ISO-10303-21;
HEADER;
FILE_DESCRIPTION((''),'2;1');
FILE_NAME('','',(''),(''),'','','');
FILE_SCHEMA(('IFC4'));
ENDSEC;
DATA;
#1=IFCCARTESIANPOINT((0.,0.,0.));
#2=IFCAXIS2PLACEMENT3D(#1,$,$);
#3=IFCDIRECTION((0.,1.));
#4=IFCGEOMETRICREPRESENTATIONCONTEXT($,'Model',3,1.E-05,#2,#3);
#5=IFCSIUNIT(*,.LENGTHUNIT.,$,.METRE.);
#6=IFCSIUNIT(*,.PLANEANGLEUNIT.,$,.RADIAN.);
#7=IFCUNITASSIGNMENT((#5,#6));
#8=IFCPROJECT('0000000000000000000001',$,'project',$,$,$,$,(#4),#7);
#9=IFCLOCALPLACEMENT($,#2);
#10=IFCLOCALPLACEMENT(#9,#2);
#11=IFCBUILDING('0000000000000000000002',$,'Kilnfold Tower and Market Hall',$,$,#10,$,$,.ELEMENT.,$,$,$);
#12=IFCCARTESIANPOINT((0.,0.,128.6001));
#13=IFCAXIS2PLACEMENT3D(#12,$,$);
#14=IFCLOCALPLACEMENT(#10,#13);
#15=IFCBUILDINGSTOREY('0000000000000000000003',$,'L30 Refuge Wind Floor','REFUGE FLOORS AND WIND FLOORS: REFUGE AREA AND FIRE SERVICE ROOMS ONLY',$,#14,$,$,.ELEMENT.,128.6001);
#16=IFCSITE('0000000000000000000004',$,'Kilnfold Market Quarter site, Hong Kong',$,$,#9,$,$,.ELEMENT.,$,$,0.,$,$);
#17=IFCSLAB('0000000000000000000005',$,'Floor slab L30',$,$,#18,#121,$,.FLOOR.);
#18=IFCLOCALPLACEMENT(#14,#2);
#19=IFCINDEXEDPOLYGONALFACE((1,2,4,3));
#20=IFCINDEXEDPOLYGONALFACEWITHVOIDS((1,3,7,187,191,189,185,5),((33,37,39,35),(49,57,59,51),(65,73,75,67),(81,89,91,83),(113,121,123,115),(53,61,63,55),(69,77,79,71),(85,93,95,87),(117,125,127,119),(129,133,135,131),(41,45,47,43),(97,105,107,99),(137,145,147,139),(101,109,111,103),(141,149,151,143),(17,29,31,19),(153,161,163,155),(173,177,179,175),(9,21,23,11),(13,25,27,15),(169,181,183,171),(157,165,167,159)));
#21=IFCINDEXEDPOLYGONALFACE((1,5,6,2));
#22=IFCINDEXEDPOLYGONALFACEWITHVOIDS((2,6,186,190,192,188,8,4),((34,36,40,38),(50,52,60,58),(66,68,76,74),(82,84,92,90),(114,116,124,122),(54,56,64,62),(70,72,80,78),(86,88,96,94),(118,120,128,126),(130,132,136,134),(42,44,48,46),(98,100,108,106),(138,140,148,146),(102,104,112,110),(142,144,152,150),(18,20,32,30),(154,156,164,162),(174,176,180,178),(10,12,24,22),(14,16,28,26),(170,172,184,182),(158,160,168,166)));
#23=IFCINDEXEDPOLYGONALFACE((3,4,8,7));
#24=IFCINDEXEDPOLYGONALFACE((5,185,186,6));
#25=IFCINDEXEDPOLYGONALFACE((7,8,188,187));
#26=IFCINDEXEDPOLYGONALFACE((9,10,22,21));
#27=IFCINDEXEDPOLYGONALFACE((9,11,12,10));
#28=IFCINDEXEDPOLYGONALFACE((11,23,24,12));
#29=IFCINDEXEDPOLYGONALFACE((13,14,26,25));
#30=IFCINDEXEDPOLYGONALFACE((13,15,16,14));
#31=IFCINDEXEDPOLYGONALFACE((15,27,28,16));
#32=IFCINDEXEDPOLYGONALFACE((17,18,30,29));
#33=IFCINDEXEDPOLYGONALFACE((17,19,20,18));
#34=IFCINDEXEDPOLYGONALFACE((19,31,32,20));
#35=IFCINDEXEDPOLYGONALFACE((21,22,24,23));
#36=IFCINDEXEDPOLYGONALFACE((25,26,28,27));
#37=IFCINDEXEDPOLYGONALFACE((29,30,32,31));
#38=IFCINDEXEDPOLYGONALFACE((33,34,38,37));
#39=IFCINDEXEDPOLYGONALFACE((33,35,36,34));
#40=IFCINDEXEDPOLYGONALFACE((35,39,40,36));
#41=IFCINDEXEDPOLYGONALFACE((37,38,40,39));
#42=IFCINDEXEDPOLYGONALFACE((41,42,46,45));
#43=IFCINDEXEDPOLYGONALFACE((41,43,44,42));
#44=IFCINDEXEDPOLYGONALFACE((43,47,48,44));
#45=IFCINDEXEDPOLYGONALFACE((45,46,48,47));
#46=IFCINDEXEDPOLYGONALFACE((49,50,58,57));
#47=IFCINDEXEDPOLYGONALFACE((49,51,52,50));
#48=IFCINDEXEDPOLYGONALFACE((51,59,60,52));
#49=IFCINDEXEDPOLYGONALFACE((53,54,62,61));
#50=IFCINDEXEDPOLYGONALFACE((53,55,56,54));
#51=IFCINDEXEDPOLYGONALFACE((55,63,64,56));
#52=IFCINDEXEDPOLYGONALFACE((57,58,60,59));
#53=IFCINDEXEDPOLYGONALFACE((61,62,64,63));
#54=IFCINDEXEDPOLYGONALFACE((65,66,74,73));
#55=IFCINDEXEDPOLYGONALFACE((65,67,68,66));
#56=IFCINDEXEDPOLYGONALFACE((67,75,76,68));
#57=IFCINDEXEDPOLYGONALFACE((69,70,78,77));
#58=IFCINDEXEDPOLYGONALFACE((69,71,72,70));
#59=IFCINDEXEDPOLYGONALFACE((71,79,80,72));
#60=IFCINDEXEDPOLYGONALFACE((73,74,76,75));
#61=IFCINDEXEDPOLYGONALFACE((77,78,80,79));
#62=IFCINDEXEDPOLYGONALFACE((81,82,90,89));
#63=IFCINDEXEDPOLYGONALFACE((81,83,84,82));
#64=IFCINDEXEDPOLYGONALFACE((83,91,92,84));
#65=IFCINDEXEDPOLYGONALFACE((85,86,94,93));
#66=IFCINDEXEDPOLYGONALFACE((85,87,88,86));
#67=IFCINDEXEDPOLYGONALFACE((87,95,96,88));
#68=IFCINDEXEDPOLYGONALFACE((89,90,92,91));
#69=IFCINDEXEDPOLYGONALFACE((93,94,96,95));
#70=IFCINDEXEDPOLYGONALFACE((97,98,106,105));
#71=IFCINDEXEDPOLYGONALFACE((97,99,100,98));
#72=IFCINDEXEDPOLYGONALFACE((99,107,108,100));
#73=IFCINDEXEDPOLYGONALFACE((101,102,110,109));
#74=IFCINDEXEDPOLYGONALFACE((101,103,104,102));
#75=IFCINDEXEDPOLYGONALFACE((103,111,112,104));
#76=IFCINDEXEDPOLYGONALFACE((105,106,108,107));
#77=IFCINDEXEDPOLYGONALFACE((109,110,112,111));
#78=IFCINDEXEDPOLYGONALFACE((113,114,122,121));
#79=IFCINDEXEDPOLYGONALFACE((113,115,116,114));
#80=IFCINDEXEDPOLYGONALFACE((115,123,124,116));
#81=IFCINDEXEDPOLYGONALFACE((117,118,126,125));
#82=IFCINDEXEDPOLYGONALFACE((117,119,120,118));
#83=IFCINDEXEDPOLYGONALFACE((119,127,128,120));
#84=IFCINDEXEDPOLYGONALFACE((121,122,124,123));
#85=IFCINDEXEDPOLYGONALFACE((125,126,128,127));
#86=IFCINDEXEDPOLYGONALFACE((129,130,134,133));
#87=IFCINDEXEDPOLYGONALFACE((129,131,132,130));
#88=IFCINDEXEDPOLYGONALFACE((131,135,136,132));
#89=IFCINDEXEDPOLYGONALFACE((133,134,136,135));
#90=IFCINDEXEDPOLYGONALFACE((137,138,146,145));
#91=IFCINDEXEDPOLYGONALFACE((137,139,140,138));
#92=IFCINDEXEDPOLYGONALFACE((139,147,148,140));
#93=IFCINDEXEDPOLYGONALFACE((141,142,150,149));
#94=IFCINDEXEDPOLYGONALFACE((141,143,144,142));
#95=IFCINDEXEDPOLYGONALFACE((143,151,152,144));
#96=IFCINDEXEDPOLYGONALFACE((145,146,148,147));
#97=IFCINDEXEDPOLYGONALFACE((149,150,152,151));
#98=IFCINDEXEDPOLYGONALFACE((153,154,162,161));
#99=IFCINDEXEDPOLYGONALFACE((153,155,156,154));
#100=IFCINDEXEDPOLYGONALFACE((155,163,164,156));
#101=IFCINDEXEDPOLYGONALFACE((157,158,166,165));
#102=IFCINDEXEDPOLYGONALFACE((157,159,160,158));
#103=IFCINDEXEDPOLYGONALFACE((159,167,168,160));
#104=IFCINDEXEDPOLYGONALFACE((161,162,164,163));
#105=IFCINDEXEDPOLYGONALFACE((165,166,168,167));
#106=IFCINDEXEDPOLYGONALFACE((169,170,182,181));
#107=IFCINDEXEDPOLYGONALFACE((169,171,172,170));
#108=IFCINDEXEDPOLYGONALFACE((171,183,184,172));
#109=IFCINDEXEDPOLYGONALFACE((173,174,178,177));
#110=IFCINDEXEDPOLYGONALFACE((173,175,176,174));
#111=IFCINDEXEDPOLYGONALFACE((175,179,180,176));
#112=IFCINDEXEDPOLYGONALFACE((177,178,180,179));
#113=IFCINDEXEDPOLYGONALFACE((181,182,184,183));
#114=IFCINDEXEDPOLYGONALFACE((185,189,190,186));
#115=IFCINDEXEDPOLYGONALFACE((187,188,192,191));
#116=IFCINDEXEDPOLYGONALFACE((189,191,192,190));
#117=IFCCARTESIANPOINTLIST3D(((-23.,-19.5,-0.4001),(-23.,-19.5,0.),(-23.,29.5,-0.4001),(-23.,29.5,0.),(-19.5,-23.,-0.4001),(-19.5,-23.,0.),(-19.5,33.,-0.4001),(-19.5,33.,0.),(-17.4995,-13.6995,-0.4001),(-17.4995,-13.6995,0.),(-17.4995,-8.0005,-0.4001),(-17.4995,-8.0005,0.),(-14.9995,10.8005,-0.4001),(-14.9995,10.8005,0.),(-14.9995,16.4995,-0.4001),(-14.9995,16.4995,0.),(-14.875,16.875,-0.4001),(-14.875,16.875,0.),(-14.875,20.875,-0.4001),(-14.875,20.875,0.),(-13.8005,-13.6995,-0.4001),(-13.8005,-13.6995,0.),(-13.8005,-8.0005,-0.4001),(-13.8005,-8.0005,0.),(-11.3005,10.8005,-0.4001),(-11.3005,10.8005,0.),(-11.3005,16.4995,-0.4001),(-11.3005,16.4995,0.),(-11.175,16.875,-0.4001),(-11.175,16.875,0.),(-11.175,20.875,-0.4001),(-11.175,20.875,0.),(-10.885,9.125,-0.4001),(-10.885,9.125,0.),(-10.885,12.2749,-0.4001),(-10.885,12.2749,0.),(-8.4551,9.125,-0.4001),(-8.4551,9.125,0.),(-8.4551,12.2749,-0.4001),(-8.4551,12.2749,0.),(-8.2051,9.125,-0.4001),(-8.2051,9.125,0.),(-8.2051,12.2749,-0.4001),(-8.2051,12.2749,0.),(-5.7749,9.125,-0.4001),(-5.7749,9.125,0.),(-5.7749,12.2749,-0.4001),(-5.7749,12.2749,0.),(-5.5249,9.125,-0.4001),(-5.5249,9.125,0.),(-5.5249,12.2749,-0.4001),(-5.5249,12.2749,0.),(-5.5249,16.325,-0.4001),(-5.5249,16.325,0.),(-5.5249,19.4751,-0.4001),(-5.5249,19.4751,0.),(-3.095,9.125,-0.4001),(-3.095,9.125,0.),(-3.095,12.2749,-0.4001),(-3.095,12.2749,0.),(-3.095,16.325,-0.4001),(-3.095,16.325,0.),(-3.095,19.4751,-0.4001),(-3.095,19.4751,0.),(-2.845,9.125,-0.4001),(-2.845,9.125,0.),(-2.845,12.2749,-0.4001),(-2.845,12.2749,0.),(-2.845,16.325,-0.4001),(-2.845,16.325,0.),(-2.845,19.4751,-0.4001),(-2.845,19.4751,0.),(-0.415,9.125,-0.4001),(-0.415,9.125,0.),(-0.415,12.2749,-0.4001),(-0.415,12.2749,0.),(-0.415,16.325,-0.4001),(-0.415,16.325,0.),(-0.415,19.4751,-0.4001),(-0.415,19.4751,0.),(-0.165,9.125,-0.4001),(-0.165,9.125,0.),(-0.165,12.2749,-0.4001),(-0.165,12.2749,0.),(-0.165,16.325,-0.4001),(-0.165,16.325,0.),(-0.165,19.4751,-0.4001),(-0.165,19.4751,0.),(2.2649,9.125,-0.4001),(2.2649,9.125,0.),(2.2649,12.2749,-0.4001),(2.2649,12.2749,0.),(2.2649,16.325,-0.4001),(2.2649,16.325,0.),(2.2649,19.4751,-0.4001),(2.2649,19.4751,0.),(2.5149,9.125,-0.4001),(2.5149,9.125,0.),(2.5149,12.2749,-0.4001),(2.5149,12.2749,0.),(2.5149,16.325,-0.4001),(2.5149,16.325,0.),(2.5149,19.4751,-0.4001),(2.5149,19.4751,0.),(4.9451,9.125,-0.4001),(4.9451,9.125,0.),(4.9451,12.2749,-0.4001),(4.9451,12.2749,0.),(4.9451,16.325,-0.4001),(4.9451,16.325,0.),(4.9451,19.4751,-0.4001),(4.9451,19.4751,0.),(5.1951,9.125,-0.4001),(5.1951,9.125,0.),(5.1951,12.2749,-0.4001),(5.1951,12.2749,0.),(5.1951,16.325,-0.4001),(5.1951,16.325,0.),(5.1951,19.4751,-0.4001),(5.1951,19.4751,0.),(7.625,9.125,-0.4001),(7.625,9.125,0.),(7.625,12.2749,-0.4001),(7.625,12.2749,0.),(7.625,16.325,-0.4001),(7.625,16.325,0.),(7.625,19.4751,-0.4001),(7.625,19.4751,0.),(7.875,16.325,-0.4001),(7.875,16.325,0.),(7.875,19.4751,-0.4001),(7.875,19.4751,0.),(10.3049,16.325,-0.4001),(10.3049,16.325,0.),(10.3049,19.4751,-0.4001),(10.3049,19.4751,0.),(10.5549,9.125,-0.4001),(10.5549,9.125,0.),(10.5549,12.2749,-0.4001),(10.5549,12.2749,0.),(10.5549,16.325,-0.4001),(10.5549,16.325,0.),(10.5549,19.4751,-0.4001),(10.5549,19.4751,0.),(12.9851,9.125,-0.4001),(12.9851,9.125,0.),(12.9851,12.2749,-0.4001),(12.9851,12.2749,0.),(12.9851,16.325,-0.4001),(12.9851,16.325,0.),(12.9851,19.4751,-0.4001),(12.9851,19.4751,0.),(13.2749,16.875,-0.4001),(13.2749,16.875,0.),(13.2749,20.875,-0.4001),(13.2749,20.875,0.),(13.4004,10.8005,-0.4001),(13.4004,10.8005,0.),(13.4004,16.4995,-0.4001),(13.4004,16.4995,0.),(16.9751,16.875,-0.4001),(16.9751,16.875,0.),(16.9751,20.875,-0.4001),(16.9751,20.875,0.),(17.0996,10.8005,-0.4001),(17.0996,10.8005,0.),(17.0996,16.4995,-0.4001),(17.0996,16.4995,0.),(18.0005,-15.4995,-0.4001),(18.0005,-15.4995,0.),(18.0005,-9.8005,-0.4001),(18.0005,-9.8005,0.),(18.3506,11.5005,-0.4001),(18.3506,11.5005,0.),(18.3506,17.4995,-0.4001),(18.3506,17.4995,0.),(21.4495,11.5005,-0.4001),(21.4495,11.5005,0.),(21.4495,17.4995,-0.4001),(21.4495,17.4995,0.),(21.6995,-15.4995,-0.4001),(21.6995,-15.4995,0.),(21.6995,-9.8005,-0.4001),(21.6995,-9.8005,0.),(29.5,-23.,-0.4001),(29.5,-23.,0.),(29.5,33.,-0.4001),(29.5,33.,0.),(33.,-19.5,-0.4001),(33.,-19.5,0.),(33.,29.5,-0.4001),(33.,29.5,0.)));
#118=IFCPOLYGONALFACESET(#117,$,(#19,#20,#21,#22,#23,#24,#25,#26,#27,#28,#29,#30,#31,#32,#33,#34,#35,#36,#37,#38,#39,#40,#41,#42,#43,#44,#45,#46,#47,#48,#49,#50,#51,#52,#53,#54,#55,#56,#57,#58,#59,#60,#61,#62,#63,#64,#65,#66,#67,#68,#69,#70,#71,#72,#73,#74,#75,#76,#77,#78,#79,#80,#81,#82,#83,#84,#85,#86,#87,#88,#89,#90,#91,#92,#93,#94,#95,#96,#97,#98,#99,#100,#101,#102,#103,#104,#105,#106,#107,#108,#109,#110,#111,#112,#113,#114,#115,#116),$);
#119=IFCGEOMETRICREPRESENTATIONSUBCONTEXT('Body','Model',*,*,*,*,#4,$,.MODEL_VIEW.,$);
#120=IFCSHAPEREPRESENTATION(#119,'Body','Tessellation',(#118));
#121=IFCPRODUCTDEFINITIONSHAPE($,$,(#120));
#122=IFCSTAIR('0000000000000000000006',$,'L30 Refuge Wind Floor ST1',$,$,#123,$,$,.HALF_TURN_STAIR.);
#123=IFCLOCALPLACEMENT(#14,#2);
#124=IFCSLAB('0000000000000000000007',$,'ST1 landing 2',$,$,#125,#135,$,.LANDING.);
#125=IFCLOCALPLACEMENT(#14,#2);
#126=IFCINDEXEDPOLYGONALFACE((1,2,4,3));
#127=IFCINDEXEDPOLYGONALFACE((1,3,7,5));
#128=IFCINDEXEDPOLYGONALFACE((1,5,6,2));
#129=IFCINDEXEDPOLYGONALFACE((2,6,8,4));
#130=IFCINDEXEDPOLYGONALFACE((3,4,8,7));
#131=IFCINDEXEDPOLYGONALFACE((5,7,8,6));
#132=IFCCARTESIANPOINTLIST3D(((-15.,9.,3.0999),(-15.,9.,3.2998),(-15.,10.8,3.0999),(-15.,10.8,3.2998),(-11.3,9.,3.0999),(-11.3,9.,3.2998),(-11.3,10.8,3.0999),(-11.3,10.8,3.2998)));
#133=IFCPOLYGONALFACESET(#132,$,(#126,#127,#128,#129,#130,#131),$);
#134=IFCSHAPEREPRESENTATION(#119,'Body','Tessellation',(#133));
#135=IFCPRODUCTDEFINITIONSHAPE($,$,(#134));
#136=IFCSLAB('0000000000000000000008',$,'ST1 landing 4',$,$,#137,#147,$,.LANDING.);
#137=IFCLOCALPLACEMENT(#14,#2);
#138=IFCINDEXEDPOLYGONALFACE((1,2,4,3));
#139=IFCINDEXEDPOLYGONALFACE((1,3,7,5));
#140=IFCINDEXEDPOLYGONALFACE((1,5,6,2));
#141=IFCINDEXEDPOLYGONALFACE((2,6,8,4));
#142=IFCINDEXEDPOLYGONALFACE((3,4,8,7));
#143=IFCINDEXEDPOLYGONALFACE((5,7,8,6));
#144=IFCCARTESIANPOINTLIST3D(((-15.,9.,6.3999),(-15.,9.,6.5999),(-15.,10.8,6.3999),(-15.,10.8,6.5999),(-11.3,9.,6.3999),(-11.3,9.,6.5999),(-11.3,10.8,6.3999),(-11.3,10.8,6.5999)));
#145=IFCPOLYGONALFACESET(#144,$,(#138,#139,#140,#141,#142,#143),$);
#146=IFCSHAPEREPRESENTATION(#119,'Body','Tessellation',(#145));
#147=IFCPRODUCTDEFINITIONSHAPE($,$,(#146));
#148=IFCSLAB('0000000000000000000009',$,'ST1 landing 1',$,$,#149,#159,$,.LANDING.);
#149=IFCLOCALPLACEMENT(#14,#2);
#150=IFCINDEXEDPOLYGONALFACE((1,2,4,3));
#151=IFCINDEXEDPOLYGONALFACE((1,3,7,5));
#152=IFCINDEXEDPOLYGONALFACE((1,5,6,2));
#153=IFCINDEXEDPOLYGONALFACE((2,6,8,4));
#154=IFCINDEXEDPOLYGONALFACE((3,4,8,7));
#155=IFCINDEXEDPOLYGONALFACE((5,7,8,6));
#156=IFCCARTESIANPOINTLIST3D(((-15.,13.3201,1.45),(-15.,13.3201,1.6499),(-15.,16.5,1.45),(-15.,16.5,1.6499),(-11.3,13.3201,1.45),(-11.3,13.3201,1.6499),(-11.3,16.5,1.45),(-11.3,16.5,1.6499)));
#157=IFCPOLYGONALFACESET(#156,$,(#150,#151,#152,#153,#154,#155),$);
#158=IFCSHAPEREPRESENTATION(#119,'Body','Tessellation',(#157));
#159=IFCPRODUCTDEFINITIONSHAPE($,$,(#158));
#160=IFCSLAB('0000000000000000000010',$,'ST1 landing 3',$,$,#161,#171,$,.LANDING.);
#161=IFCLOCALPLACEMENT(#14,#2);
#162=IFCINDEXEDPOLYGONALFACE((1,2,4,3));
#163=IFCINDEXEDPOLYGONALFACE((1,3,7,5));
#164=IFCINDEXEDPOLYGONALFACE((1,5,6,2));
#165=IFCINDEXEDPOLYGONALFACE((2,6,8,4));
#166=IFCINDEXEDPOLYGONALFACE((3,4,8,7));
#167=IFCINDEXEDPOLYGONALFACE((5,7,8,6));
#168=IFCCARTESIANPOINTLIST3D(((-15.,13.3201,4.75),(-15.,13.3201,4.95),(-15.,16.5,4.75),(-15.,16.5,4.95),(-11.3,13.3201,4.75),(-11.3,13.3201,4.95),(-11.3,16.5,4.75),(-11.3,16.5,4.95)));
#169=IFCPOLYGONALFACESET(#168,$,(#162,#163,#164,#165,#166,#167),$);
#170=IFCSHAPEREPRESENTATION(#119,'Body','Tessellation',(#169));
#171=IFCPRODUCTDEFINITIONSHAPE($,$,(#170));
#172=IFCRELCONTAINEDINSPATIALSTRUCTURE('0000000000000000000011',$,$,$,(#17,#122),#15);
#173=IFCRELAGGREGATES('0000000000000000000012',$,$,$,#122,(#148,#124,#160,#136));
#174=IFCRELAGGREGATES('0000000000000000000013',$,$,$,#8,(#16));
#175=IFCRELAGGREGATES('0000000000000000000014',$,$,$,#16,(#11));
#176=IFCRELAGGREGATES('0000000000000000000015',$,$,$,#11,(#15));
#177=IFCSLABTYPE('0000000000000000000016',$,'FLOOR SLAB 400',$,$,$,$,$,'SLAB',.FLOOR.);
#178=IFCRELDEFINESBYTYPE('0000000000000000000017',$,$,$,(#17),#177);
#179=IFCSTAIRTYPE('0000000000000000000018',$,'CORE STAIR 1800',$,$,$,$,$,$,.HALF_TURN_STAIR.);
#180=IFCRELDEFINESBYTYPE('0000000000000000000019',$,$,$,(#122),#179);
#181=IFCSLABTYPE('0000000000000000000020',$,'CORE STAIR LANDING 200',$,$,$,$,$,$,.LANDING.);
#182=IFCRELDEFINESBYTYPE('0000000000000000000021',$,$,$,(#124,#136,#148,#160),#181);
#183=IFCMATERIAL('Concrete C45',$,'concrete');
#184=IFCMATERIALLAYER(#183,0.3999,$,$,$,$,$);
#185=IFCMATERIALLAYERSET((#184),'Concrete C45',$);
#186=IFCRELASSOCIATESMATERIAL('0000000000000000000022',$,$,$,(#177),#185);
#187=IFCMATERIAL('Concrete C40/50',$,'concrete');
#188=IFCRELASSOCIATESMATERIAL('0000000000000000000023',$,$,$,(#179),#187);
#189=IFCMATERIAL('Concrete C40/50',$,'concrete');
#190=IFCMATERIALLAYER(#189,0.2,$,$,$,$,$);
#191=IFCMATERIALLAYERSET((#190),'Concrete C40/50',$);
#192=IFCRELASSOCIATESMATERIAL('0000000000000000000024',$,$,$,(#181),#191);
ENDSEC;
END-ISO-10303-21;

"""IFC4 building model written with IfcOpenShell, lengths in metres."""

from ifc_helpers import new_model, si_unit, direction, frame, origin, place, context, subcontext, project, spatial, polyline, outline, extrude, source, transform, mapped, material, layer, layer_set, type_object, element, aggregate, save


model = new_model("IFC4")

# Units and contexts
model_context = context("Model", 3, precision=1e-05, world=origin(), true_north=direction((0.0, 1.0)))
body_context = subcontext(model_context, "Body", "Model", "MODEL_VIEW")
ifc_project = project(units=[si_unit("LENGTHUNIT", "METRE"), si_unit("PLANEANGLEUNIT", "RADIAN")], contexts=[model_context])

# Site, building, storey
site_placement = place(None, origin())
site = spatial("IfcSite", under=ifc_project, at=site_placement, Name="Kilnfold Market Quarter site, Hong Kong", CompositionType="ELEMENT", RefElevation=0.0)
building_placement = place(site_placement, origin())
building = spatial("IfcBuilding", under=site, at=building_placement, Name="Kilnfold Tower and Market Hall", CompositionType="ELEMENT")
storey_placement = place(building_placement, frame((0.0, 0.0, 128.6001)))
storey = spatial("IfcBuildingStorey", under=building, at=storey_placement, Name="L30 Refuge Wind Floor", Description="REFUGE FLOORS AND WIND FLOORS: REFUGE AREA AND FIRE SERVICE ROOMS ONLY", CompositionType="ELEMENT", Elevation=128.6001)

# Slab
ifc_material_1 = material(Name="Concrete C45", Category="concrete")
ifc_layer_1 = layer(ifc_material_1, 0.3999)
ifc_layer_set_1 = layer_set([ifc_layer_1], Name="Concrete C45")
slab_type_1 = type_object("IfcSlabType", Name="FLOOR SLAB 400", ElementType="SLAB", PredefinedType="FLOOR", material=ifc_layer_set_1)
shared_shape_1 = source(origin(), body_context, "Body", "SweptSolid", [
    extrude(outline(polyline([(-19.5, -23.0), (29.5, -23.0), (33.0, -19.5), (33.0, 29.5), (29.5, 33.0), (-19.5, 33.0), (-23.0, 29.5), (-23.0, -19.5), (-19.5, -23.0)]), holes=[polyline([(-13.8005, -13.6995), (-17.4995, -13.6995), (-17.4995, -8.0005), (-13.8005, -8.0005), (-13.8005, -13.6995)]), polyline([(-14.9995, 10.8005), (-14.9995, 16.4995), (-11.3005, 16.4995), (-11.3005, 10.8005), (-14.9995, 10.8005)]), polyline([(-14.875, 16.875), (-14.875, 20.875), (-11.175, 20.875), (-11.175, 16.875), (-14.875, 16.875)]), polyline([(-8.4551, 9.125), (-10.885, 9.125), (-10.885, 12.2749), (-8.4551, 12.2749), (-8.4551, 9.125)]), polyline([(-5.7749, 9.125), (-8.2051, 9.125), (-8.2051, 12.2749), (-5.7749, 12.2749), (-5.7749, 9.125)]), polyline([(-5.5249, 9.125), (-5.5249, 12.2749), (-3.095, 12.2749), (-3.095, 9.125), (-5.5249, 9.125)]), polyline([(-5.5249, 16.325), (-5.5249, 19.4751), (-3.095, 19.4751), (-3.095, 16.325), (-5.5249, 16.325)]), polyline([(-2.845, 9.125), (-2.845, 12.2749), (-0.415, 12.2749), (-0.415, 9.125), (-2.845, 9.125)]), polyline([(-0.415, 16.325), (-2.845, 16.325), (-2.845, 19.4751), (-0.415, 19.4751), (-0.415, 16.325)]), polyline([(2.2649, 9.125), (-0.165, 9.125), (-0.165, 12.2749), (2.2649, 12.2749), (2.2649, 9.125)]), polyline([(-0.165, 16.325), (-0.165, 19.4751), (2.2649, 19.4751), (2.2649, 16.325), (-0.165, 16.325)]), polyline([(4.9451, 9.125), (2.5149, 9.125), (2.5149, 12.2749), (4.9451, 12.2749), (4.9451, 9.125)]), polyline([(2.5149, 16.325), (2.5149, 19.4751), (4.9451, 19.4751), (4.9451, 16.325), (2.5149, 16.325)]), polyline([(7.625, 9.125), (5.1951, 9.125), (5.1951, 12.2749), (7.625, 12.2749), (7.625, 9.125)]), polyline([(5.1951, 16.325), (5.1951, 19.4751), (7.625, 19.4751), (7.625, 16.325), (5.1951, 16.325)]), polyline([(10.3049, 16.325), (7.875, 16.325), (7.875, 19.4751), (10.3049, 19.4751), (10.3049, 16.325)]), polyline([(10.5549, 9.125), (10.5549, 12.2749), (12.9851, 12.2749), (12.9851, 9.125), (10.5549, 9.125)]), polyline([(10.5549, 16.325), (10.5549, 19.4751), (12.9851, 19.4751), (12.9851, 16.325), (10.5549, 16.325)]), polyline([(13.2749, 16.875), (13.2749, 20.875), (16.9751, 20.875), (16.9751, 16.875), (13.2749, 16.875)]), polyline([(13.4004, 10.8005), (13.4004, 16.4995), (17.0996, 16.4995), (17.0996, 10.8005), (13.4004, 10.8005)]), polyline([(18.0005, -9.8005), (21.6995, -9.8005), (21.6995, -15.4995), (18.0005, -15.4995), (18.0005, -9.8005)]), polyline([(21.4495, 11.5005), (18.3506, 11.5005), (18.3506, 17.4995), (21.4495, 17.4995), (21.4495, 11.5005)])]), origin(), (0.0, 0.0, 1.0), 0.4001),
])
slab_1_placement = place(storey_placement, frame((0.0, 0.0, -0.4001)))
element("IfcSlab", 1, at=slab_1_placement, inside=storey, type_object=slab_type_1, Name="Floor slab L30", PredefinedType="FLOOR", context=body_context, shape_type="MappedRepresentation", body=[
    mapped(shared_shape_1, transform((0.0, 0.0, 0.0))),
])

# Stair, slabs
ifc_material_2 = material(Name="Concrete C40/50", Category="concrete")
stair_type_1 = type_object("IfcStairType", Name="CORE STAIR 1800", PredefinedType="HALF_TURN_STAIR", material=ifc_material_2)
stair_1_placement = place(storey_placement, origin())
stair_1 = element("IfcStair", 2, at=stair_1_placement, inside=storey, type_object=stair_type_1, Name="L30 Refuge Wind Floor ST1", PredefinedType="HALF_TURN_STAIR")
ifc_material_3 = material(Name="Concrete C40/50", Category="concrete")
ifc_layer_2 = layer(ifc_material_3, 0.2)
ifc_layer_set_2 = layer_set([ifc_layer_2], Name="Concrete C40/50")
slab_type_2 = type_object("IfcSlabType", Name="CORE STAIR LANDING 200", PredefinedType="LANDING", material=ifc_layer_set_2)
shared_shape_2 = source(origin(), body_context, "Body", "SweptSolid", [
    extrude(outline(polyline([(-11.3, 9.0), (-11.3, 10.8), (-15.0, 10.8), (-15.0, 9.0), (-11.3, 9.0)])), origin(), (0.0, 0.0, 1.0), 0.2),
])
slab_2_placement = place(storey_placement, frame((0.0, 0.0, 3.0999)))
slab_2 = element("IfcSlab", 3, at=slab_2_placement, type_object=slab_type_2, Name="ST1 landing 2", PredefinedType="LANDING", context=body_context, shape_type="MappedRepresentation", body=[
    mapped(shared_shape_2, transform((0.0, 0.0, 0.0))),
])
slab_3_placement = place(storey_placement, frame((0.0, 0.0, 6.3999)))
slab_3 = element("IfcSlab", 4, at=slab_3_placement, type_object=slab_type_2, Name="ST1 landing 4", PredefinedType="LANDING", context=body_context, shape_type="MappedRepresentation", body=[
    mapped(shared_shape_2, transform((0.0, 0.0, 0.0))),
])
shared_shape_3 = source(origin(), body_context, "Body", "SweptSolid", [
    extrude(outline(polyline([(-11.3, 13.3201), (-11.3, 16.5), (-15.0, 16.5), (-15.0, 13.3201), (-11.3, 13.3201)])), origin(), (0.0, 0.0, 1.0), 0.2),
])
slab_4_placement = place(storey_placement, frame((0.0, 0.0, 1.45)))
slab_4 = element("IfcSlab", 5, at=slab_4_placement, type_object=slab_type_2, Name="ST1 landing 1", PredefinedType="LANDING", context=body_context, shape_type="MappedRepresentation", body=[
    mapped(shared_shape_3, transform((0.0, 0.0, 0.0))),
])
slab_5_placement = place(storey_placement, frame((0.0, 0.0, 4.75)))
slab_5 = element("IfcSlab", 6, at=slab_5_placement, type_object=slab_type_2, Name="ST1 landing 3", PredefinedType="LANDING", context=body_context, shape_type="MappedRepresentation", body=[
    mapped(shared_shape_3, transform((0.0, 0.0, 0.0))),
])
aggregate(stair_1, [slab_4, slab_2, slab_5, slab_3])

save(model, "model.ifc")
